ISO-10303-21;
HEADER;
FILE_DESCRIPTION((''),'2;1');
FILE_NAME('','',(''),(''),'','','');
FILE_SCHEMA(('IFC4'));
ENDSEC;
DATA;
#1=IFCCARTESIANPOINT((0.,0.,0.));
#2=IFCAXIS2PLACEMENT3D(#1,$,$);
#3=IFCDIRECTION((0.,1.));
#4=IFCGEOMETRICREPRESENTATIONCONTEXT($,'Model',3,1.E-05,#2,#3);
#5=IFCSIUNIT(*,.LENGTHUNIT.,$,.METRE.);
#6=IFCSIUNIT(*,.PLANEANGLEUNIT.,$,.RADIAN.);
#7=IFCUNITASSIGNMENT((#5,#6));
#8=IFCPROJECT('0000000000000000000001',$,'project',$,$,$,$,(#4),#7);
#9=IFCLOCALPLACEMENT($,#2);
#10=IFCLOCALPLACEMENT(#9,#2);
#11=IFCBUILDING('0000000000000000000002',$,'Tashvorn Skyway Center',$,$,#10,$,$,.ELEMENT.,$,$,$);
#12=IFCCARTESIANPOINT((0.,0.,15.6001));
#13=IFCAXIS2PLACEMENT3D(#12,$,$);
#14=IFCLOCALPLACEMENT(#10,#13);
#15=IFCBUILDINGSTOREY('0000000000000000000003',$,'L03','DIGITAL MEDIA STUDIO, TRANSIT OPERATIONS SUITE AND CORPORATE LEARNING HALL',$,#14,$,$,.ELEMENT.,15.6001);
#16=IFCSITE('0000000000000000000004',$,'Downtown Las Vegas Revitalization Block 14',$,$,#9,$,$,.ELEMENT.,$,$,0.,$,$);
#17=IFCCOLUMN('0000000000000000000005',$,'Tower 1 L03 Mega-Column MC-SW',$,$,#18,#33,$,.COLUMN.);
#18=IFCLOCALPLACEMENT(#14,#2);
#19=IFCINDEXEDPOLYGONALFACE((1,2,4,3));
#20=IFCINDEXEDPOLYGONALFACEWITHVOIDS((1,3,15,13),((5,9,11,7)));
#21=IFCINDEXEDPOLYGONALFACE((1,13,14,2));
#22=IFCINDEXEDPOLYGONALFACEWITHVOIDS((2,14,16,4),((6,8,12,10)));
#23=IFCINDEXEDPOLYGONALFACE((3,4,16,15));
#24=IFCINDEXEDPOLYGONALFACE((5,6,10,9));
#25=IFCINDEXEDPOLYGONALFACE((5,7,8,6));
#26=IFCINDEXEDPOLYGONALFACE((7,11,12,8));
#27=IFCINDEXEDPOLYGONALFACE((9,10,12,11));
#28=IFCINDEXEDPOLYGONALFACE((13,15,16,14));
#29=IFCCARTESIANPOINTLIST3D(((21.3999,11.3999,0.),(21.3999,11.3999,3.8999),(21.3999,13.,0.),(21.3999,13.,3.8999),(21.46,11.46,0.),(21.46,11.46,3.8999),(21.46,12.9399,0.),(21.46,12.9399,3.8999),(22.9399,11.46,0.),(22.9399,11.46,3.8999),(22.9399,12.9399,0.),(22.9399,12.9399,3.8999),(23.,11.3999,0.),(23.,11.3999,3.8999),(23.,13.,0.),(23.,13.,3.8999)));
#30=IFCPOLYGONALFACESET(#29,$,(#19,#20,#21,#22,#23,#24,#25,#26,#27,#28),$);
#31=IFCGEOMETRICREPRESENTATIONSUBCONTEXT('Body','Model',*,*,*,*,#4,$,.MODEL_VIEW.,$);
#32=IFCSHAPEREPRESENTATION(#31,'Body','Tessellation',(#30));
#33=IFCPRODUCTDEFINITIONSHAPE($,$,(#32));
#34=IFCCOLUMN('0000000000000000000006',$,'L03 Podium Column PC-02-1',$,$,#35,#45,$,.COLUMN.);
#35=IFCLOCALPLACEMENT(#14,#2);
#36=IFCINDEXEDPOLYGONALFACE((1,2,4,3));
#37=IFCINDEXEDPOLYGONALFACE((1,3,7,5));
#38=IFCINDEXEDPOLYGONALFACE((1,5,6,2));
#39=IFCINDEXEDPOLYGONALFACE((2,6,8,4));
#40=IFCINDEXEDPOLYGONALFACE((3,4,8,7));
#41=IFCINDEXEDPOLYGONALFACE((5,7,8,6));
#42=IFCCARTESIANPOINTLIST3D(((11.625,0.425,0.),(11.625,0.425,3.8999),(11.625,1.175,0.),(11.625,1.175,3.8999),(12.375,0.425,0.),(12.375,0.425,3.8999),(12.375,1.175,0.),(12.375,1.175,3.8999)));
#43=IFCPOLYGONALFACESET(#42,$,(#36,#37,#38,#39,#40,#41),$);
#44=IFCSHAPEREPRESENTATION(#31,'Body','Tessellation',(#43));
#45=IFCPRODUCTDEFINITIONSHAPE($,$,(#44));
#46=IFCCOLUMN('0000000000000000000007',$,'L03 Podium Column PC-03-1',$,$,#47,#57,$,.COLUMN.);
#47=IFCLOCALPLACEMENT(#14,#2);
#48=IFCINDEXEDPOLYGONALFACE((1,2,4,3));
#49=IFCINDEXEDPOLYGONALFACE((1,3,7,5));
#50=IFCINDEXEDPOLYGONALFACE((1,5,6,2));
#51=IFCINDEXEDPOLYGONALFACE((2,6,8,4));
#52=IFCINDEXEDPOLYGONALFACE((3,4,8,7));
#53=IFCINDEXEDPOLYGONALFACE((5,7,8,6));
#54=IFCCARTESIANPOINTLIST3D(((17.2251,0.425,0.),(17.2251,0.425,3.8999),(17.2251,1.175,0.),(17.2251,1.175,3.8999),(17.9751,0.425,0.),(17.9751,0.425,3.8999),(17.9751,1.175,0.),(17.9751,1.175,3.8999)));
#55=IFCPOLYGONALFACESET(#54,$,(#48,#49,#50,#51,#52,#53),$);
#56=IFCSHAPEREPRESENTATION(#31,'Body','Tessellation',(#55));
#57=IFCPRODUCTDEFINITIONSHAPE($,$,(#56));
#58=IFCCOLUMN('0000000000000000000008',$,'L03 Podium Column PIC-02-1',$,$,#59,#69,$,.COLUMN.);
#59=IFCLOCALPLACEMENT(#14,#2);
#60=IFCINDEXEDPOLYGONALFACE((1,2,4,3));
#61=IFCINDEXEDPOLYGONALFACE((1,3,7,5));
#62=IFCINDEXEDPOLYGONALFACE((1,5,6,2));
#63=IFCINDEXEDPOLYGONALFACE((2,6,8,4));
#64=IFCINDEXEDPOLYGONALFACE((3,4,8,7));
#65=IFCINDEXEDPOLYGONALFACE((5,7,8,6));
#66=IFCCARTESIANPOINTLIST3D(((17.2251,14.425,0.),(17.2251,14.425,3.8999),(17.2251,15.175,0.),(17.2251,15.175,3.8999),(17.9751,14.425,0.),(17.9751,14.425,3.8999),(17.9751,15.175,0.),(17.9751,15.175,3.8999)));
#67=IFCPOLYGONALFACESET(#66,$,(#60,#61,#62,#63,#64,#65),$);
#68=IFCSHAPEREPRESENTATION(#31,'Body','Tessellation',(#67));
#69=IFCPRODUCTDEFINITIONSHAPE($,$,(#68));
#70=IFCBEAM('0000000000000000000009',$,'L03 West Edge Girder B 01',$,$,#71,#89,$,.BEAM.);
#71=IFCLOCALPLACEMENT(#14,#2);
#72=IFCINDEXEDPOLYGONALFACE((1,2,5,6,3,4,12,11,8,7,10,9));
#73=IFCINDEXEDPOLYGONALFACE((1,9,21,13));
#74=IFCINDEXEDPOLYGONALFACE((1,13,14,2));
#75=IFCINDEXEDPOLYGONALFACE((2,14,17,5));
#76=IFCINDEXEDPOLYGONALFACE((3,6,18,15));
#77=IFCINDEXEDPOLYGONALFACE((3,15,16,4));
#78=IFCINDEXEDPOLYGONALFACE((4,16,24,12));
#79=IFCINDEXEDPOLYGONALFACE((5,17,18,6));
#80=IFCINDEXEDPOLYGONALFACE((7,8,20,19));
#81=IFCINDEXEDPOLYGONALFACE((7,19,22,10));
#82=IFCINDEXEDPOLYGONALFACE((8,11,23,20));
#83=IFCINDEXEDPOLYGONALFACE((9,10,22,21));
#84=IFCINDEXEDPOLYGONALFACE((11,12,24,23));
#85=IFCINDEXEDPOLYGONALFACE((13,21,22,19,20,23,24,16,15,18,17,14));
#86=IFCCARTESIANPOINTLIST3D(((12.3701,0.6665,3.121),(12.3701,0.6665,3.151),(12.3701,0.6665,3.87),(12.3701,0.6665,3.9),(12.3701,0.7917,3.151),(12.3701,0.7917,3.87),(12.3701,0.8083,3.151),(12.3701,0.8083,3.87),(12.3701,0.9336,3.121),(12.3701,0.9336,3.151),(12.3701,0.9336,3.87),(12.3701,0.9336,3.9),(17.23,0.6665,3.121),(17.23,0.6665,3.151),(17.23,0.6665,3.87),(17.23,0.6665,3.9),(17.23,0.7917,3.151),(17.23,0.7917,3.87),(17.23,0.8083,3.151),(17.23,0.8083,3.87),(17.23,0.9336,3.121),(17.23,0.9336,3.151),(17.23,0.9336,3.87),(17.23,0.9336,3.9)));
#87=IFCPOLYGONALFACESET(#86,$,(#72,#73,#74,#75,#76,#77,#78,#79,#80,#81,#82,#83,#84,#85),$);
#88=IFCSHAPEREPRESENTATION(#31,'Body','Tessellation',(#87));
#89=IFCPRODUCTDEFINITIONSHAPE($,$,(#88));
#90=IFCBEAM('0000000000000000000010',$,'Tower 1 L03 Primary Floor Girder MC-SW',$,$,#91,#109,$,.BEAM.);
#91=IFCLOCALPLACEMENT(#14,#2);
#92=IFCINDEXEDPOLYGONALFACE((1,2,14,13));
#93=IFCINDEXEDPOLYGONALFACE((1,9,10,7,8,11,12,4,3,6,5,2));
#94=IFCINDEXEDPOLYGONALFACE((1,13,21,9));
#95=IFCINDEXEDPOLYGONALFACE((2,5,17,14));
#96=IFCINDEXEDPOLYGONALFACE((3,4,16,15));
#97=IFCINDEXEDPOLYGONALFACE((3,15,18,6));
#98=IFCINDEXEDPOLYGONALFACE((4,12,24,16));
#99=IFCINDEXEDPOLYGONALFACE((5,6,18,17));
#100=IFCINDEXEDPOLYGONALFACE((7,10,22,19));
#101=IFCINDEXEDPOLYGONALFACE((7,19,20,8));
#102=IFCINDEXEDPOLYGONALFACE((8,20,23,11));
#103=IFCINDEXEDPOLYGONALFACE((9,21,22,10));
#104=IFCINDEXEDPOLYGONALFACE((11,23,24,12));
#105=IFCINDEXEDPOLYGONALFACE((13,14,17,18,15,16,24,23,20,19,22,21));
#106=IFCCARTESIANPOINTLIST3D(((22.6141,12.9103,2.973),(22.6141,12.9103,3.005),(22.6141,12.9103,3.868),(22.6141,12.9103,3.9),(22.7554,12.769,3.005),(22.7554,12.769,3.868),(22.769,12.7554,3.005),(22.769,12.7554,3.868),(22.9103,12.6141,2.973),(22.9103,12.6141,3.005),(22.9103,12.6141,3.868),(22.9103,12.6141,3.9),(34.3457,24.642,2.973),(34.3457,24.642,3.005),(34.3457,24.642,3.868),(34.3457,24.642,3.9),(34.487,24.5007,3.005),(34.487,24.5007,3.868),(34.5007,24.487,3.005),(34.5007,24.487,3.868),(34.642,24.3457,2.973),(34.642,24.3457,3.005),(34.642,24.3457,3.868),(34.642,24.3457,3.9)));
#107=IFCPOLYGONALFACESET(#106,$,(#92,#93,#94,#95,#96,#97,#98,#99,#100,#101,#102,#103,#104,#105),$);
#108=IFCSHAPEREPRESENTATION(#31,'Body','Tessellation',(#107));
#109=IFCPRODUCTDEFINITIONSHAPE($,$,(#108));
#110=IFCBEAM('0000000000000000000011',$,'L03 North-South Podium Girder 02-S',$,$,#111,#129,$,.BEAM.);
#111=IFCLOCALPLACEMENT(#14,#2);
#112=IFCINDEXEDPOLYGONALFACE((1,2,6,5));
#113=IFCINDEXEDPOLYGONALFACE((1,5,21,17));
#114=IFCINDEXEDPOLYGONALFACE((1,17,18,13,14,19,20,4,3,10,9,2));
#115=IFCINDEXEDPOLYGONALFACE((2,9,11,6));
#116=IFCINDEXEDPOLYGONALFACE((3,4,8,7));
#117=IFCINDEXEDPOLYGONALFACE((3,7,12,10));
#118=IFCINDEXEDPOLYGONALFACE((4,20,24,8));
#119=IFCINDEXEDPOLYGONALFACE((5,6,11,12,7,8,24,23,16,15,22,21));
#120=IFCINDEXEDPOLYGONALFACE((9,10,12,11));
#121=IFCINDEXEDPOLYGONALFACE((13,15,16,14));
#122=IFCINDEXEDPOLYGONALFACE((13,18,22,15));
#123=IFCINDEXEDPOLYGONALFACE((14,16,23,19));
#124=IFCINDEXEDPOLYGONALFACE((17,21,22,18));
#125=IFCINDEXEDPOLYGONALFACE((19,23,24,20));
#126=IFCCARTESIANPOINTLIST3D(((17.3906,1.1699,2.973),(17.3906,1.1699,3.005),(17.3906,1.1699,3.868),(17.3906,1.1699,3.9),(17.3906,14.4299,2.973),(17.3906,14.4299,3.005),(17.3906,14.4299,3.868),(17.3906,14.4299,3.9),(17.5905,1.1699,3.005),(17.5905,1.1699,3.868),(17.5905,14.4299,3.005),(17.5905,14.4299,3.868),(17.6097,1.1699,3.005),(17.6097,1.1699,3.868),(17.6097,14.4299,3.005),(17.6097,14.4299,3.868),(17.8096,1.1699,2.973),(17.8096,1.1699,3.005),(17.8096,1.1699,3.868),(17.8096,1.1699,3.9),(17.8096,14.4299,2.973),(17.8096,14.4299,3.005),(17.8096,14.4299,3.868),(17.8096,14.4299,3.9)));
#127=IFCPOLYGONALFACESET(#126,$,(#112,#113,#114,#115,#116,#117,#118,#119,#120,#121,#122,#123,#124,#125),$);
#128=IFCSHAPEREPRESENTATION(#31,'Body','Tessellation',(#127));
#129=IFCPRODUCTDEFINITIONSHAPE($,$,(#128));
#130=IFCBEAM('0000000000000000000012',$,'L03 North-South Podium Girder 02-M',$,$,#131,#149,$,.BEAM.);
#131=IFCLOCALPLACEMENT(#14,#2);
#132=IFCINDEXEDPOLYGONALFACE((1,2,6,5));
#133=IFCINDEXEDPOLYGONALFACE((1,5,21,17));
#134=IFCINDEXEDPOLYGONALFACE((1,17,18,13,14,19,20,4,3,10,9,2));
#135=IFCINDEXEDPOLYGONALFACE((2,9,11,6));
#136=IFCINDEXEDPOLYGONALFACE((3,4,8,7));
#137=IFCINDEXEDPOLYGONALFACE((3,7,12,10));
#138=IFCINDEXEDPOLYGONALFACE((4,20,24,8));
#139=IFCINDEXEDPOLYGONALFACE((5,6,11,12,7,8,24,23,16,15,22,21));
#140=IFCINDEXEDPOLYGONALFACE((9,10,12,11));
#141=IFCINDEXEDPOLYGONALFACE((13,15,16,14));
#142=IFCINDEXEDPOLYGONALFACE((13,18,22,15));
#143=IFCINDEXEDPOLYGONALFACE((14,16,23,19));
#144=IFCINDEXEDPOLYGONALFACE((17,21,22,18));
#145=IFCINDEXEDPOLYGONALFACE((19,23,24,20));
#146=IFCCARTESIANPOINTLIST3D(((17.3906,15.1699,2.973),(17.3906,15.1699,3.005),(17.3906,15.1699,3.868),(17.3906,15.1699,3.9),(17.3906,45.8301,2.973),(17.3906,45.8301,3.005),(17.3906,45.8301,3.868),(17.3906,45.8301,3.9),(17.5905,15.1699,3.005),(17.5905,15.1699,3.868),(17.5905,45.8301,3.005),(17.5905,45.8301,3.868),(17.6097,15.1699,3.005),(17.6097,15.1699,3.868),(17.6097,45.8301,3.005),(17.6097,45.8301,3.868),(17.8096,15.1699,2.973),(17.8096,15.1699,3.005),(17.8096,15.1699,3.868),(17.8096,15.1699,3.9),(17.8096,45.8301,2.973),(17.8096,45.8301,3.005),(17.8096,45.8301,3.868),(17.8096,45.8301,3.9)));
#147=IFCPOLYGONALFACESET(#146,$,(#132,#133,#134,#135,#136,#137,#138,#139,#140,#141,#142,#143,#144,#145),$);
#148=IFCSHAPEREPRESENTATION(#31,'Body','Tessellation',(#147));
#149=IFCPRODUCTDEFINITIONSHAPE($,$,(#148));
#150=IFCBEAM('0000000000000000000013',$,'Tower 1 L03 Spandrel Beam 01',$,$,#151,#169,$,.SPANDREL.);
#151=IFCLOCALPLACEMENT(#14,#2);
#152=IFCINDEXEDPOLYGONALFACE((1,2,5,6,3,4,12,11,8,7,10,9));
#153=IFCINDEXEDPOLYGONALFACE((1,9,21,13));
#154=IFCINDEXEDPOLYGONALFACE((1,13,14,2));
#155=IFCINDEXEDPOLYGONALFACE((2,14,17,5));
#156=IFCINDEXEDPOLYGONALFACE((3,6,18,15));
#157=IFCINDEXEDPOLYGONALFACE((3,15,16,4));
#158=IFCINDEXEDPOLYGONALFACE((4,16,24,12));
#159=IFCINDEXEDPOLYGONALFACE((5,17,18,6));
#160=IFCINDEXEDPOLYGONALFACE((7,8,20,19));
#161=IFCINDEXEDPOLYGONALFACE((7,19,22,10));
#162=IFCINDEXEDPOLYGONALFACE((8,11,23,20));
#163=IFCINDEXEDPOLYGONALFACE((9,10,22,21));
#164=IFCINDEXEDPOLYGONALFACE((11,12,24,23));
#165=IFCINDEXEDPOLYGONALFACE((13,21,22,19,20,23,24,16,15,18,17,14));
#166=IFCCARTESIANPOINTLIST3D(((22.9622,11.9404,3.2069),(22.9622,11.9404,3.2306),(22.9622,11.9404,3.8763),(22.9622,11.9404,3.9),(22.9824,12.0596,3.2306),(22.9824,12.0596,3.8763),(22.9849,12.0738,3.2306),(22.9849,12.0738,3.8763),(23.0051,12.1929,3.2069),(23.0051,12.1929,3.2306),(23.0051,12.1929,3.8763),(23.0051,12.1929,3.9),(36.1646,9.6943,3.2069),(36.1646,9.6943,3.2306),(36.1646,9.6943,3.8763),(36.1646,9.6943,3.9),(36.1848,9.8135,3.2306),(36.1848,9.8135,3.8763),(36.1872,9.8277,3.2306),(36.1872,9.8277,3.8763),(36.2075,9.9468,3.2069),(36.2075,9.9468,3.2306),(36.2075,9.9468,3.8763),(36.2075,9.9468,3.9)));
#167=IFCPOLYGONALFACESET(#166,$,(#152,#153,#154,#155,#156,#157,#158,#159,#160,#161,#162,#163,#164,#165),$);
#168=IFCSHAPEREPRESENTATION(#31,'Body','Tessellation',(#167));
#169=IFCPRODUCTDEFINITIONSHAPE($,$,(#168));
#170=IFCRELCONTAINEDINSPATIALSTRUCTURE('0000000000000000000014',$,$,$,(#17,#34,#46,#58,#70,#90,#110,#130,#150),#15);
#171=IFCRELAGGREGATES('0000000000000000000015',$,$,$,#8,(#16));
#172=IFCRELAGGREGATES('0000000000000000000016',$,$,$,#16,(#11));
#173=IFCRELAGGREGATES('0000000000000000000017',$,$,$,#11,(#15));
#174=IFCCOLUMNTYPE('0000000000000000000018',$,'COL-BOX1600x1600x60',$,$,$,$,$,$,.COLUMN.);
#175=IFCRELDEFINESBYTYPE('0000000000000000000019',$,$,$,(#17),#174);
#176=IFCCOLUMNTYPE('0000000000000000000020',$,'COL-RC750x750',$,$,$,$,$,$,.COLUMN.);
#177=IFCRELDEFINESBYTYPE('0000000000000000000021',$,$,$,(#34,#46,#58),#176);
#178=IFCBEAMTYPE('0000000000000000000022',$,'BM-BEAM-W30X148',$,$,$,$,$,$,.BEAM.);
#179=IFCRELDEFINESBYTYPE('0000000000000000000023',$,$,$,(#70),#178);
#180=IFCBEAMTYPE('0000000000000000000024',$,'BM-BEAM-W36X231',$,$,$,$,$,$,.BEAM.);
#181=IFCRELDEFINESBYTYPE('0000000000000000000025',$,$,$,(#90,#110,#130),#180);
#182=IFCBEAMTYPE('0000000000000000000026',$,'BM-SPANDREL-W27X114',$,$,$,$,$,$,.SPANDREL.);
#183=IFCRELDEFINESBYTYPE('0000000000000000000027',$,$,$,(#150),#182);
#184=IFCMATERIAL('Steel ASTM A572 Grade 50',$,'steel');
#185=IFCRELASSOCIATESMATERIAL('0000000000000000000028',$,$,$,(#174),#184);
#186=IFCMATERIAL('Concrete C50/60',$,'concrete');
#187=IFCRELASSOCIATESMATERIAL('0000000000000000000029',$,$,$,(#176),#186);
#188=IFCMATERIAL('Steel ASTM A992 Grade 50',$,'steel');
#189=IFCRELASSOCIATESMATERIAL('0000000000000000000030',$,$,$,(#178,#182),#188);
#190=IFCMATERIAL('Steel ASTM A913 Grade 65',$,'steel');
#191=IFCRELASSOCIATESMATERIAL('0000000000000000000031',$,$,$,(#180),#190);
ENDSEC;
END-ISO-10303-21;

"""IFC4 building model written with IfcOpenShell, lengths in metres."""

from ifc_helpers import new_model, si_unit, direction, frame, origin, origin_2d, place, context, subcontext, project, spatial, rectangle, hollow_rectangle, i_section, extrude, material, material_profile, profile_set, type_object, element, save


model = new_model("IFC4")

# Units and contexts
model_context = context("Model", 3, precision=1e-05, world=origin(), true_north=direction((0.0, 1.0)))
body_context = subcontext(model_context, "Body", "Model", "MODEL_VIEW")
ifc_project = project(units=[si_unit("LENGTHUNIT", "METRE"), si_unit("PLANEANGLEUNIT", "RADIAN")], contexts=[model_context])

# Site, building, storey
site_placement = place(None, origin())
site = spatial("IfcSite", under=ifc_project, at=site_placement, Name="Downtown Las Vegas Revitalization Block 14", CompositionType="ELEMENT", RefElevation=0.0)
building_placement = place(site_placement, origin())
building = spatial("IfcBuilding", under=site, at=building_placement, Name="Tashvorn Skyway Center", CompositionType="ELEMENT")
storey_placement = place(building_placement, frame((0.0, 0.0, 15.6001)))
storey = spatial("IfcBuildingStorey", under=building, at=storey_placement, Name="L03", Description="DIGITAL MEDIA STUDIO, TRANSIT OPERATIONS SUITE AND CORPORATE LEARNING HALL", CompositionType="ELEMENT", Elevation=15.6001)

# Columns
ifc_material_1 = material(Name="Steel ASTM A572 Grade 50", Category="steel")
ifc_material_profile_1 = material_profile(ifc_material_1, hollow_rectangle(XDim=1.6001, YDim=1.6001, WallThickness=0.0601, at=origin_2d()), Name="BOX1600x1600x60")
ifc_profile_set_1 = profile_set([ifc_material_profile_1], Name="Steel ASTM A572 Grade 50")
column_type_1 = type_object("IfcColumnType", Name="COL-BOX1600x1600x60", PredefinedType="COLUMN", material=ifc_profile_set_1)
column_placement = place(storey_placement, frame((22.2, 12.2, 0.0), z_axis=(0.0, 0.0, 1.0), x_axis=(1.0, 0.0, 0.0)))
element("IfcColumn", 1, at=column_placement, inside=storey, type_object=column_type_1, Name="Tower 1 L03 Mega-Column MC-SW", PredefinedType="COLUMN", context=body_context, shape_type="SweptSolid", body=[
    extrude(hollow_rectangle(XDim=1.6001, YDim=1.6001, WallThickness=0.0601, at=origin_2d()), origin(), (0.0, 0.0, 1.0), 3.8999),
])
ifc_material_2 = material(Name="Concrete C50/60", Category="concrete")
ifc_material_profile_2 = material_profile(ifc_material_2, rectangle(XDim=0.75, YDim=0.75, at=origin_2d()), Name="RC750x750")
ifc_profile_set_2 = profile_set([ifc_material_profile_2], Name="Concrete C50/60")
column_type_2 = type_object("IfcColumnType", Name="COL-RC750x750", PredefinedType="COLUMN", material=ifc_profile_set_2)
for number, where, z_axis, x_axis, name in (
    (2, (12.0, 0.8, 0.0), (0.0, 0.0, 1.0), (1.0, 0.0, 0.0), "L03 Podium Column PC-02-1"),
    (3, (17.6001, 0.8, 0.0), (0.0, 0.0, 1.0), (1.0, 0.0, 0.0), "L03 Podium Column PC-03-1"),
    (4, (17.6001, 14.8, 0.0), (0.0, 0.0, 1.0), (1.0, 0.0, 0.0), "L03 Podium Column PIC-02-1"),
):
    element("IfcColumn", number, at=place(storey_placement, frame(where, z_axis=z_axis, x_axis=x_axis)), inside=storey, type_object=column_type_2, Name=name, PredefinedType="COLUMN", context=body_context, shape_type="SweptSolid", body=[
        extrude(rectangle(XDim=0.75, YDim=0.75, at=origin_2d()), origin(), (0.0, 0.0, 1.0), 3.8999),
    ])

# Beams
ifc_material_3 = material(Name="Steel ASTM A992 Grade 50", Category="steel")
ifc_material_profile_3 = material_profile(ifc_material_3, i_section(OverallWidth=0.2671, OverallDepth=0.7791, WebThickness=0.0166, FlangeThickness=0.03, at=origin_2d()), Name="W30X148")
ifc_profile_set_3 = profile_set([ifc_material_profile_3], Name="Steel ASTM A992 Grade 50")
beam_type_1 = type_object("IfcBeamType", Name="BM-BEAM-W30X148", PredefinedType="BEAM", material=ifc_profile_set_3)
beam_1_placement = place(storey_placement, frame((12.3701, 0.8, 3.5105), z_axis=(1.0, 0.0, 0.0), x_axis=(0.0, 1.0, 0.0)))
element("IfcBeam", 5, at=beam_1_placement, inside=storey, type_object=beam_type_1, Name="L03 West Edge Girder B 01", PredefinedType="BEAM", context=body_context, shape_type="SweptSolid", body=[
    extrude(i_section(OverallWidth=0.2671, OverallDepth=0.7791, WebThickness=0.0166, FlangeThickness=0.03, at=origin_2d()), origin(), (0.0, 0.0, 1.0), 4.8599),
])
ifc_material_4 = material(Name="Steel ASTM A913 Grade 65", Category="steel")
ifc_material_profile_4 = material_profile(ifc_material_4, i_section(OverallWidth=0.4189, OverallDepth=0.927, WebThickness=0.0193, FlangeThickness=0.032, at=origin_2d()), Name="W36X231")
ifc_profile_set_4 = profile_set([ifc_material_profile_4], Name="Steel ASTM A913 Grade 65")
beam_type_2 = type_object("IfcBeamType", Name="BM-BEAM-W36X231", PredefinedType="BEAM", material=ifc_profile_set_4)
beam_2_placement = place(storey_placement, frame((22.7622, 12.7622, 3.4365), z_axis=(0.707107, 0.707107, 0.0), x_axis=(-0.707107, 0.707107, 0.0)))
element("IfcBeam", 6, at=beam_2_placement, inside=storey, type_object=beam_type_2, Name="Tower 1 L03 Primary Floor Girder MC-SW", PredefinedType="BEAM", context=body_context, shape_type="SweptSolid", body=[
    extrude(i_section(OverallWidth=0.4189, OverallDepth=0.927, WebThickness=0.0193, FlangeThickness=0.032, at=origin_2d()), origin(), (0.0, 0.0, 1.0), 16.5911),
])
beam_3_placement = place(storey_placement, frame((17.6001, 1.1699, 3.4365), z_axis=(0.0, 1.0, 0.0), x_axis=(-1.0, 0.0, 0.0)))
element("IfcBeam", 7, at=beam_3_placement, inside=storey, type_object=beam_type_2, Name="L03 North-South Podium Girder 02-S", PredefinedType="BEAM", context=body_context, shape_type="SweptSolid", body=[
    extrude(i_section(OverallWidth=0.4189, OverallDepth=0.927, WebThickness=0.0193, FlangeThickness=0.032, at=origin_2d()), origin(), (0.0, 0.0, 1.0), 13.26),
])
beam_4_placement = place(storey_placement, frame((17.6001, 15.1699, 3.4365), z_axis=(0.0, 1.0, 0.0), x_axis=(-1.0, 0.0, 0.0)))
element("IfcBeam", 8, at=beam_4_placement, inside=storey, type_object=beam_type_2, Name="L03 North-South Podium Girder 02-M", PredefinedType="BEAM", context=body_context, shape_type="SweptSolid", body=[
    extrude(i_section(OverallWidth=0.4189, OverallDepth=0.927, WebThickness=0.0193, FlangeThickness=0.032, at=origin_2d()), origin(), (0.0, 0.0, 1.0), 30.6602),
])
ifc_material_profile_5 = material_profile(ifc_material_3, i_section(OverallWidth=0.2561, OverallDepth=0.6931, WebThickness=0.0144, FlangeThickness=0.0237, at=origin_2d()), Name="W27X114")
ifc_profile_set_5 = profile_set([ifc_material_profile_5], Name="Steel ASTM A992 Grade 50")
beam_type_3 = type_object("IfcBeamType", Name="BM-SPANDREL-W27X114", PredefinedType="SPANDREL", material=ifc_profile_set_5)
beam_5_placement = place(storey_placement, frame((22.9836, 12.0667, 3.5535), z_axis=(0.985835, -0.167718, 0.0), x_axis=(0.167718, 0.985835, 0.0)))
element("IfcBeam", 9, at=beam_5_placement, inside=storey, type_object=beam_type_3, Name="Tower 1 L03 Spandrel Beam 01", PredefinedType="SPANDREL", context=body_context, shape_type="SweptSolid", body=[
    extrude(i_section(OverallWidth=0.2561, OverallDepth=0.6931, WebThickness=0.0144, FlangeThickness=0.0237, at=origin_2d()), origin(), (0.0, 0.0, 1.0), 13.3921),
])

save(model, "model.ifc")
